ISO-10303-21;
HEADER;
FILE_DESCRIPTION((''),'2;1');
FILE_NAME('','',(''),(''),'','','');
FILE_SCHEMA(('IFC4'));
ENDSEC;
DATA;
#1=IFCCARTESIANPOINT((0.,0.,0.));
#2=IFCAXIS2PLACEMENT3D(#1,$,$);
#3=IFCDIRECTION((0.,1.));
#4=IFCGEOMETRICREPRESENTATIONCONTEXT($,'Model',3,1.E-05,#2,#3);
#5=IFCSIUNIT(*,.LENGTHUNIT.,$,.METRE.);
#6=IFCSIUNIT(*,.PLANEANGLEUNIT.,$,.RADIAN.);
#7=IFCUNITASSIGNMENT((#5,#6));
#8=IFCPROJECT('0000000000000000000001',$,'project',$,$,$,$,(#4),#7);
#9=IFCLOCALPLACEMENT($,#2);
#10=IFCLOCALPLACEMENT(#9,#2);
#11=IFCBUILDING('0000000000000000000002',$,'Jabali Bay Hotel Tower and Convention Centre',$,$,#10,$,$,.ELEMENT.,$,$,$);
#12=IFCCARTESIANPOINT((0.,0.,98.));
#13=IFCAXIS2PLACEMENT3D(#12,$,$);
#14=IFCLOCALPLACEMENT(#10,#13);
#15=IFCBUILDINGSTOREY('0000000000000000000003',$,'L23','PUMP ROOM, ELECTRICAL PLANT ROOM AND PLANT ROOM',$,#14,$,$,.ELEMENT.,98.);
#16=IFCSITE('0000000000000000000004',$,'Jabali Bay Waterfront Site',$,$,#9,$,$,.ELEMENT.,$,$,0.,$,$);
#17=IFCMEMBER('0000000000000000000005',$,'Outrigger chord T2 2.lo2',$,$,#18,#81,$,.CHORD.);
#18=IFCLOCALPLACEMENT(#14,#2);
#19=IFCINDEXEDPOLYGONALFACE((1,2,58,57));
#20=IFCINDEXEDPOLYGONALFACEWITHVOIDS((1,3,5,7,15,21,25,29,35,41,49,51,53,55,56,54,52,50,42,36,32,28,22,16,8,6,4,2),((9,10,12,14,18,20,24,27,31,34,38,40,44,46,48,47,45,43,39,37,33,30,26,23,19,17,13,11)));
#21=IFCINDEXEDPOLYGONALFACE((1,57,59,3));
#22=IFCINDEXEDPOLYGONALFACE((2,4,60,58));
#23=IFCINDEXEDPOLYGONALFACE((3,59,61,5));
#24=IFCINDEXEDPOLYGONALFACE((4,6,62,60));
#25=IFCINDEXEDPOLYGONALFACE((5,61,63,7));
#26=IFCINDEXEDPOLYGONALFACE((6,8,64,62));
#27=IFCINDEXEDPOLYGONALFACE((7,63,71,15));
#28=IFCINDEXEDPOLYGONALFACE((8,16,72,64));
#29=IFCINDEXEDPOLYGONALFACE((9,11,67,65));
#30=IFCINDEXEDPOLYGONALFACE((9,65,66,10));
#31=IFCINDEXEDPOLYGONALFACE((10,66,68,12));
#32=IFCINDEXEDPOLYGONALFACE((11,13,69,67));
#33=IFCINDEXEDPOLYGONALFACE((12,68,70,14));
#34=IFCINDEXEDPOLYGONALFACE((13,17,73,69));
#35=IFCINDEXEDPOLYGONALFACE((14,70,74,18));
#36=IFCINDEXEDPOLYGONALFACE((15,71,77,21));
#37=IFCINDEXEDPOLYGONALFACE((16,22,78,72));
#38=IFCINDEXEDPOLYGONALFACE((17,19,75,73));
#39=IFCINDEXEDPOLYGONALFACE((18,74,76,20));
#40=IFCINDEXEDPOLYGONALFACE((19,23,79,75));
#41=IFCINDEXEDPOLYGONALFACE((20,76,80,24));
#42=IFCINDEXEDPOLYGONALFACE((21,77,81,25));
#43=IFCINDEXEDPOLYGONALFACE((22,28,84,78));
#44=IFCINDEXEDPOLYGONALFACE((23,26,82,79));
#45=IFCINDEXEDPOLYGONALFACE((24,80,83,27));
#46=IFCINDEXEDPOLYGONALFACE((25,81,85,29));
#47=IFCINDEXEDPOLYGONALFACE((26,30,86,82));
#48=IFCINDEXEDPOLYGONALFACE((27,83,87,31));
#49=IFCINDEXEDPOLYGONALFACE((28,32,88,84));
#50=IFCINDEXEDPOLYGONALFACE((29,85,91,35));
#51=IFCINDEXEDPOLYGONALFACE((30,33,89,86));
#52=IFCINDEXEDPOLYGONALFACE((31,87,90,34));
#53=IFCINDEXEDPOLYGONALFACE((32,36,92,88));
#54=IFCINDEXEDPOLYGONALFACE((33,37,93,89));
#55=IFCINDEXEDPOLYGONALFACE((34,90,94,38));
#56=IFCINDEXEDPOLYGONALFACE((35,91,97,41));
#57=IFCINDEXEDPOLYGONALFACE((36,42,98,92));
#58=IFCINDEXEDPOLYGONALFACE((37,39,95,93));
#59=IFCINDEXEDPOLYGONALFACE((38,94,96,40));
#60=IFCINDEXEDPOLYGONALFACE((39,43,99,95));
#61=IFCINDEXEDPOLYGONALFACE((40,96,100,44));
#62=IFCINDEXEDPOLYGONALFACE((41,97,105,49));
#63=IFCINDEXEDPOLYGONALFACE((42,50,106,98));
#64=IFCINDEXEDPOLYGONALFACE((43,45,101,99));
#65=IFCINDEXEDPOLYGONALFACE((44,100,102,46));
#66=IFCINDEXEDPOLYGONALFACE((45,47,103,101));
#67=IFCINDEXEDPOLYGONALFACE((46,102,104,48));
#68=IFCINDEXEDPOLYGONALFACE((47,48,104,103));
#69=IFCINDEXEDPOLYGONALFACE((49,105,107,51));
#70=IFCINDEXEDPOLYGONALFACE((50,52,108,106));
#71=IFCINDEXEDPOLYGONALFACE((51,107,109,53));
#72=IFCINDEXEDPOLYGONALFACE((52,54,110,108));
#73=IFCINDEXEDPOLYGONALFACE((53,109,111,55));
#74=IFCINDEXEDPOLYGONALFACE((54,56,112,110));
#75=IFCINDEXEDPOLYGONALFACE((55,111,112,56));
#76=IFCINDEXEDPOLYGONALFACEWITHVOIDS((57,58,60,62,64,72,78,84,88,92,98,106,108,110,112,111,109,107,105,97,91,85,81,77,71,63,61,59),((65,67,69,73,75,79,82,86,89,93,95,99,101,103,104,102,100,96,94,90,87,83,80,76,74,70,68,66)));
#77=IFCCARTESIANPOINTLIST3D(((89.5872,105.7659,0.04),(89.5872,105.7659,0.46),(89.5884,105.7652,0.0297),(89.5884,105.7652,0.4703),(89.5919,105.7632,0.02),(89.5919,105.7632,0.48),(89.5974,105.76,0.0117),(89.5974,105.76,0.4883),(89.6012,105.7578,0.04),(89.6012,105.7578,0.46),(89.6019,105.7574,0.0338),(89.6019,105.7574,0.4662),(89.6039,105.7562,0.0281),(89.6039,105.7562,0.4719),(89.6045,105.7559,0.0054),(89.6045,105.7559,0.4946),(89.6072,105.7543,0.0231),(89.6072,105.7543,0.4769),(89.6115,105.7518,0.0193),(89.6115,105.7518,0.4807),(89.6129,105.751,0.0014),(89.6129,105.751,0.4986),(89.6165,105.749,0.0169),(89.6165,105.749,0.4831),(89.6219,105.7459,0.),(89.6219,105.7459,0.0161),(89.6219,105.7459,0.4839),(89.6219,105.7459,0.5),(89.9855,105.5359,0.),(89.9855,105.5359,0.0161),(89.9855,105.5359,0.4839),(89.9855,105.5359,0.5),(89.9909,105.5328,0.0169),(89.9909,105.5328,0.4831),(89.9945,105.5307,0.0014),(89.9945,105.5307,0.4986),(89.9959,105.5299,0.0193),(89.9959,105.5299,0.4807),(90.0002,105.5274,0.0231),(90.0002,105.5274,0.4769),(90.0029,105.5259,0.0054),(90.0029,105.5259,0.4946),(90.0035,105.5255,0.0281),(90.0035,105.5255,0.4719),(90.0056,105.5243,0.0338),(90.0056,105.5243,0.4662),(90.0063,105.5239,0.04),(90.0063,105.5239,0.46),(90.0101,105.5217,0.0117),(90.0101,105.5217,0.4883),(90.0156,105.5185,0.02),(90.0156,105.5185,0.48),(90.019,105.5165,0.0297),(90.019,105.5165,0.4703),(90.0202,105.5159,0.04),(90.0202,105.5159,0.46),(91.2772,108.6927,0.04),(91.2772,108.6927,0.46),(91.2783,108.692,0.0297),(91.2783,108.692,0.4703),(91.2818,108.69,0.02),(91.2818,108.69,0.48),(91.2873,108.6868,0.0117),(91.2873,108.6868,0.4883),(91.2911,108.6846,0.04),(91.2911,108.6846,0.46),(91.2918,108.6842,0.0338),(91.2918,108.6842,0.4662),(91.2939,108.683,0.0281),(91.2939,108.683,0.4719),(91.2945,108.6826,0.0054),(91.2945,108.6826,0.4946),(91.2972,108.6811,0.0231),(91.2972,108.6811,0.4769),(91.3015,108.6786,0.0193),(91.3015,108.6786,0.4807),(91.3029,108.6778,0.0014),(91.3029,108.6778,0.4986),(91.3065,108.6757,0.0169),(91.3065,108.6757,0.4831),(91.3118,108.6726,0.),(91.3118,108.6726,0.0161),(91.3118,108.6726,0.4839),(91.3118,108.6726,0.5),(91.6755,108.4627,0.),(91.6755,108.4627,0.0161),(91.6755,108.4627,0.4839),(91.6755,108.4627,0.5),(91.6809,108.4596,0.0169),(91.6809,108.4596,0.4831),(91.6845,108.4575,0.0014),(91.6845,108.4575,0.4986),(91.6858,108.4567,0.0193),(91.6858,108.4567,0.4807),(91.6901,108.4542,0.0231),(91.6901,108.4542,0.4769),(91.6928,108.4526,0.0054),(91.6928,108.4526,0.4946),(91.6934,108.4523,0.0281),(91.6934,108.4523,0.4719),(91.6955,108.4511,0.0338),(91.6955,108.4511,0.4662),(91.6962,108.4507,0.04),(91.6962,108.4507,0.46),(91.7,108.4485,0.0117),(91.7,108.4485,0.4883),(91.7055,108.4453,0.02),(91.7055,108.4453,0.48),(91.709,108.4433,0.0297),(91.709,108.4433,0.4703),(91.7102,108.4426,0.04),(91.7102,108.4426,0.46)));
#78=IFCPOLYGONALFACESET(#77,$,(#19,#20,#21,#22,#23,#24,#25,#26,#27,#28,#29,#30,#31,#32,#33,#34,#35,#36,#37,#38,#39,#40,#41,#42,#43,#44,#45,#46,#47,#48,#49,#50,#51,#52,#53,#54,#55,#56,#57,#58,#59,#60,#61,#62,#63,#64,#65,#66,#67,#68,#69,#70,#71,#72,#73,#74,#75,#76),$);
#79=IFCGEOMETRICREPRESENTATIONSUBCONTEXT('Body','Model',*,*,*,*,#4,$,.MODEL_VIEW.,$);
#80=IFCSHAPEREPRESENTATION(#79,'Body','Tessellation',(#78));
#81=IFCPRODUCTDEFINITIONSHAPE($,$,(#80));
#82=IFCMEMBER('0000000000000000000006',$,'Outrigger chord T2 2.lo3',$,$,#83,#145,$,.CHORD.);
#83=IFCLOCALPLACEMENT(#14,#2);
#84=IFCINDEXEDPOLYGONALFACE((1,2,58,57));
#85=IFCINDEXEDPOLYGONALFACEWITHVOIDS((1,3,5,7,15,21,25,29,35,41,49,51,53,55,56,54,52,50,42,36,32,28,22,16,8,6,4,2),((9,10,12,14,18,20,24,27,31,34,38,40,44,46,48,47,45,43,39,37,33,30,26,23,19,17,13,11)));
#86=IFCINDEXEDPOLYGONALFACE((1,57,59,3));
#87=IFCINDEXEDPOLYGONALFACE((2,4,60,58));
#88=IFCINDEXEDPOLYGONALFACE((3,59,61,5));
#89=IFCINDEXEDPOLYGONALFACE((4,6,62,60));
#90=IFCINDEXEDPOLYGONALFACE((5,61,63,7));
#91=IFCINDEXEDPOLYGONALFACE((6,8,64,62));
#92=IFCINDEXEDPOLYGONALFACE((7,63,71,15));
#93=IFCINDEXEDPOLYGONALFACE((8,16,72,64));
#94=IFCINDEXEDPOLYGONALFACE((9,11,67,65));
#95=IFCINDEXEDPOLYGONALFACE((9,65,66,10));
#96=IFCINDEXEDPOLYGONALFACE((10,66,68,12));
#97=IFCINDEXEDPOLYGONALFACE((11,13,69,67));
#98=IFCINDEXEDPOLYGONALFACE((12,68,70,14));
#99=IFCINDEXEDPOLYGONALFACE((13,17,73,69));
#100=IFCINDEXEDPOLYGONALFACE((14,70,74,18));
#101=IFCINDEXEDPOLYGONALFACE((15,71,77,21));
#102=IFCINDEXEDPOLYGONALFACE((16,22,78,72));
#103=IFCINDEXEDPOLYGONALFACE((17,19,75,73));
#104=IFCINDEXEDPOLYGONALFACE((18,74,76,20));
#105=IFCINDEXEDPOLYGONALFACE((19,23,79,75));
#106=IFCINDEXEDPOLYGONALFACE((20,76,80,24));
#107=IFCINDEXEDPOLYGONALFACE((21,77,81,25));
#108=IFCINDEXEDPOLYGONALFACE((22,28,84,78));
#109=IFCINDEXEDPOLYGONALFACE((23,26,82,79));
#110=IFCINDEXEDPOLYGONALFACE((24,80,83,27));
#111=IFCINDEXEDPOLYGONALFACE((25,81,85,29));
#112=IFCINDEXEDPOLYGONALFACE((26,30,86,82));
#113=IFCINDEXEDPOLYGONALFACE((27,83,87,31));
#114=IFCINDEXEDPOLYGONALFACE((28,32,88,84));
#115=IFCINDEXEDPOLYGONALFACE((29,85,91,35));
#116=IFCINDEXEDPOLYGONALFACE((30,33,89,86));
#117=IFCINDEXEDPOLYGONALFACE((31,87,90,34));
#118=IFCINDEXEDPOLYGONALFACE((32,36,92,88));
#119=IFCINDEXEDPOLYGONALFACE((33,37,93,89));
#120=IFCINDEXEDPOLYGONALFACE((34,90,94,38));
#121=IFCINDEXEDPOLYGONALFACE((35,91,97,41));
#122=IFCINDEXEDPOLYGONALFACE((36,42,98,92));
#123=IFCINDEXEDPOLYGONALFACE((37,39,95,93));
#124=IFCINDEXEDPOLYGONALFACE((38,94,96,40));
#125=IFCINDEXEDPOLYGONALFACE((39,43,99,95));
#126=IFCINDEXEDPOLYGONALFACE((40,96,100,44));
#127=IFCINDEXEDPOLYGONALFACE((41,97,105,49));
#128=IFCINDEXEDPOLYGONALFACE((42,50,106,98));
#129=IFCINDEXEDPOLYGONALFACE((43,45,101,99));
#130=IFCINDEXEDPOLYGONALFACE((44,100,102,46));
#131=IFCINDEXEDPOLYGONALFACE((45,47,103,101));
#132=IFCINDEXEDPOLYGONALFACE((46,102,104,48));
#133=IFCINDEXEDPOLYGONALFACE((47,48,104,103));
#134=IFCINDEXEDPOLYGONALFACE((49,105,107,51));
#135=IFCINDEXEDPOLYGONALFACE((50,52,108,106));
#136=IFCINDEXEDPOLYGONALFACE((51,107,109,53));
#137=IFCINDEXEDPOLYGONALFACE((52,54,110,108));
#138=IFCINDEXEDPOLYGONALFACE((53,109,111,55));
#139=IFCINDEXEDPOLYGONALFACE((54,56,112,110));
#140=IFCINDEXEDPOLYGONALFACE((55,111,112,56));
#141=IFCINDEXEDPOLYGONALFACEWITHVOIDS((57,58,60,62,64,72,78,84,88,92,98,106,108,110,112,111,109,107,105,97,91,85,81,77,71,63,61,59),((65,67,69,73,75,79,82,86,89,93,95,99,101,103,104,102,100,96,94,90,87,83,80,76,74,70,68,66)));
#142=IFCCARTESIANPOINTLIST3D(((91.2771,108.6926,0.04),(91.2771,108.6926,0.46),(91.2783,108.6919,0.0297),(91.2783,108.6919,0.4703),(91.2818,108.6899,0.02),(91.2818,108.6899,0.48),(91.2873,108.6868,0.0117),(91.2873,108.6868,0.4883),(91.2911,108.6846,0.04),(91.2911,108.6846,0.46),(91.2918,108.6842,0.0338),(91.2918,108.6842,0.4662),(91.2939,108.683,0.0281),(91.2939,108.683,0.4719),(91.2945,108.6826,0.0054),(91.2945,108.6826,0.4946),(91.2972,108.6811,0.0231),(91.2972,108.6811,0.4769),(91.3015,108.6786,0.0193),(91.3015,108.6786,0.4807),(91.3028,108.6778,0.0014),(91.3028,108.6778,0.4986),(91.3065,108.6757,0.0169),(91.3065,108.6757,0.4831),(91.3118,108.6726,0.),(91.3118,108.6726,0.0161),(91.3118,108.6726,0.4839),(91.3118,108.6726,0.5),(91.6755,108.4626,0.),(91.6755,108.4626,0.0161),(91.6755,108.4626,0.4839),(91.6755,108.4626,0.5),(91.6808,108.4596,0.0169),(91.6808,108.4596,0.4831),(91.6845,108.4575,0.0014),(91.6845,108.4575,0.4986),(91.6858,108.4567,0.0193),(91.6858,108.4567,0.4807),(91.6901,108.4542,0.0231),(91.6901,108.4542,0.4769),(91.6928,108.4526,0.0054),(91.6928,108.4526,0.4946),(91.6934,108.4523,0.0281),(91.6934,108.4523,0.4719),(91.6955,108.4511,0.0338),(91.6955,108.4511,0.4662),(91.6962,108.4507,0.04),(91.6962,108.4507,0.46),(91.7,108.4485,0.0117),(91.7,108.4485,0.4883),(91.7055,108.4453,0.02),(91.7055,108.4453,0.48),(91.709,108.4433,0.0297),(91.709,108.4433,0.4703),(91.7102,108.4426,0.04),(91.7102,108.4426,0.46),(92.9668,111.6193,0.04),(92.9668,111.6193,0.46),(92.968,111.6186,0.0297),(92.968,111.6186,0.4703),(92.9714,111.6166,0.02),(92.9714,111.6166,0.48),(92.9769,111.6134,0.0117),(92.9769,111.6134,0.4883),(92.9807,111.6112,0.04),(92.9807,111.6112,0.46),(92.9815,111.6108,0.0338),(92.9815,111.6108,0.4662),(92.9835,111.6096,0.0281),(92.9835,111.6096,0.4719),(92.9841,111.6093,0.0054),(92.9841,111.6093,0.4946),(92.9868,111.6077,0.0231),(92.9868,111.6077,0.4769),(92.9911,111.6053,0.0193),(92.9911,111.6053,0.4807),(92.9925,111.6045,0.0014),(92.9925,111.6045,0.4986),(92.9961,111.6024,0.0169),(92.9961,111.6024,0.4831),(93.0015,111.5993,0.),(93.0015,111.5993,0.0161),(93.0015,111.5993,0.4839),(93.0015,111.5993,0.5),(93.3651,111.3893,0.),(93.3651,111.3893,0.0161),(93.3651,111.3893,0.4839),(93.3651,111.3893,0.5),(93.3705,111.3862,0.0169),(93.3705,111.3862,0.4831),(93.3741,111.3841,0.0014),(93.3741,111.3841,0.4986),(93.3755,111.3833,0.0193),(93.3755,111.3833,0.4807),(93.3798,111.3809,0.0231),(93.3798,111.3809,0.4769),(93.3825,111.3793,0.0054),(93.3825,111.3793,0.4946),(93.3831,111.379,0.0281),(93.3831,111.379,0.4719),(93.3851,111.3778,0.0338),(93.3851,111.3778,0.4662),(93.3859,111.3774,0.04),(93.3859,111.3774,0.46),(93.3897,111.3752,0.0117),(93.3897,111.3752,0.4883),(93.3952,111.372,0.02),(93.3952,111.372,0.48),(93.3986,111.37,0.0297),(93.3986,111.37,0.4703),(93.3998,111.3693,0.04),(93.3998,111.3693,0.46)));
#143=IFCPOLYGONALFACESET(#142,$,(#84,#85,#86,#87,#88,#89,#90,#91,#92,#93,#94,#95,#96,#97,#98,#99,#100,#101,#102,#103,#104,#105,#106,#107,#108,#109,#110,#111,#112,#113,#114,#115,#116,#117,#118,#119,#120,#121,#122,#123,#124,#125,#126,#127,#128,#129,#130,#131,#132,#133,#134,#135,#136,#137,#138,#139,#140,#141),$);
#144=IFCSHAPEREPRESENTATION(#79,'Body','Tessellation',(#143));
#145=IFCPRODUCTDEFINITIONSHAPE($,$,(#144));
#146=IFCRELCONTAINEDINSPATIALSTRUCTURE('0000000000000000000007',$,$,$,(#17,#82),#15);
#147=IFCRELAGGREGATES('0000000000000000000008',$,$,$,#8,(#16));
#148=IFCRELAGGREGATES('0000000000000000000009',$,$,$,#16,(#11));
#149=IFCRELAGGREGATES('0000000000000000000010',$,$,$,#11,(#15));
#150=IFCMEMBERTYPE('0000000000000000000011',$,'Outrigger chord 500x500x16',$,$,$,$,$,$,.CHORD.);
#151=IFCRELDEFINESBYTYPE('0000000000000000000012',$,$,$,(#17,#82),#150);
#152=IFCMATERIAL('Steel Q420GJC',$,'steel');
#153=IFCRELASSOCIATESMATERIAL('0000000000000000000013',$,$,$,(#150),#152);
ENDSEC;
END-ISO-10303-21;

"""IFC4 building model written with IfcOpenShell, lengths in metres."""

from ifc_helpers import new_model, si_unit, direction, frame, origin, origin_2d, place, context, subcontext, project, spatial, hollow_rectangle, extrude, material, material_profile, profile_set, type_object, element, save


model = new_model("IFC4")

# Units and contexts
model_context = context("Model", 3, precision=1e-05, world=origin(), true_north=direction((0.0, 1.0)))
body_context = subcontext(model_context, "Body", "Model", "MODEL_VIEW")
ifc_project = project(units=[si_unit("LENGTHUNIT", "METRE"), si_unit("PLANEANGLEUNIT", "RADIAN")], contexts=[model_context])

# Site, building, storey
site_placement = place(None, origin())
site = spatial("IfcSite", under=ifc_project, at=site_placement, Name="Jabali Bay Waterfront Site", CompositionType="ELEMENT", RefElevation=0.0)
building_placement = place(site_placement, origin())
building = spatial("IfcBuilding", under=site, at=building_placement, Name="Jabali Bay Hotel Tower and Convention Centre", CompositionType="ELEMENT")
storey_placement = place(building_placement, frame((0.0, 0.0, 98.0)))
storey = spatial("IfcBuildingStorey", under=building, at=storey_placement, Name="L23", Description="PUMP ROOM, ELECTRICAL PLANT ROOM AND PLANT ROOM", CompositionType="ELEMENT", Elevation=98.0)

# Members
ifc_material_1 = material(Name="Steel Q420GJC", Category="steel")
ifc_material_profile_1 = material_profile(ifc_material_1, hollow_rectangle(XDim=0.5, YDim=0.5, WallThickness=0.0161, InnerFilletRadius=0.0239, OuterFilletRadius=0.04, at=origin_2d()), Name="Outrigger chord 500x500x16")
ifc_profile_set_1 = profile_set([ifc_material_profile_1], Name="Steel Q420GJC")
member_type_1 = type_object("IfcMemberType", Name="Outrigger chord 500x500x16", PredefinedType="CHORD", material=ifc_profile_set_1)
member_1_placement = place(storey_placement, frame((89.8037, 105.6409, 0.25), z_axis=(0.500039, 0.866003, 0.0), x_axis=(-0.866003, 0.500039, 0.0)))
element("IfcMember", 1, at=member_1_placement, inside=storey, type_object=member_type_1, Name="Outrigger chord T2 2.lo2", PredefinedType="CHORD", context=body_context, shape_type="SweptSolid", body=[
    extrude(hollow_rectangle(XDim=0.5, YDim=0.5, WallThickness=0.0161, InnerFilletRadius=0.0239, OuterFilletRadius=0.04, at=origin_2d()), origin(), (0.0, 0.0, 1.0), 3.3796),
])
member_2_placement = place(storey_placement, frame((91.4937, 108.5676, 0.25), z_axis=(0.499985, 0.866034, 0.0), x_axis=(-0.866034, 0.499985, 0.0)))
element("IfcMember", 2, at=member_2_placement, inside=storey, type_object=member_type_1, Name="Outrigger chord T2 2.lo3", PredefinedType="CHORD", context=body_context, shape_type="SweptSolid", body=[
    extrude(hollow_rectangle(XDim=0.5, YDim=0.5, WallThickness=0.0161, InnerFilletRadius=0.0239, OuterFilletRadius=0.04, at=origin_2d()), origin(), (0.0, 0.0, 1.0), 3.3794),
])

save(model, "model.ifc")
